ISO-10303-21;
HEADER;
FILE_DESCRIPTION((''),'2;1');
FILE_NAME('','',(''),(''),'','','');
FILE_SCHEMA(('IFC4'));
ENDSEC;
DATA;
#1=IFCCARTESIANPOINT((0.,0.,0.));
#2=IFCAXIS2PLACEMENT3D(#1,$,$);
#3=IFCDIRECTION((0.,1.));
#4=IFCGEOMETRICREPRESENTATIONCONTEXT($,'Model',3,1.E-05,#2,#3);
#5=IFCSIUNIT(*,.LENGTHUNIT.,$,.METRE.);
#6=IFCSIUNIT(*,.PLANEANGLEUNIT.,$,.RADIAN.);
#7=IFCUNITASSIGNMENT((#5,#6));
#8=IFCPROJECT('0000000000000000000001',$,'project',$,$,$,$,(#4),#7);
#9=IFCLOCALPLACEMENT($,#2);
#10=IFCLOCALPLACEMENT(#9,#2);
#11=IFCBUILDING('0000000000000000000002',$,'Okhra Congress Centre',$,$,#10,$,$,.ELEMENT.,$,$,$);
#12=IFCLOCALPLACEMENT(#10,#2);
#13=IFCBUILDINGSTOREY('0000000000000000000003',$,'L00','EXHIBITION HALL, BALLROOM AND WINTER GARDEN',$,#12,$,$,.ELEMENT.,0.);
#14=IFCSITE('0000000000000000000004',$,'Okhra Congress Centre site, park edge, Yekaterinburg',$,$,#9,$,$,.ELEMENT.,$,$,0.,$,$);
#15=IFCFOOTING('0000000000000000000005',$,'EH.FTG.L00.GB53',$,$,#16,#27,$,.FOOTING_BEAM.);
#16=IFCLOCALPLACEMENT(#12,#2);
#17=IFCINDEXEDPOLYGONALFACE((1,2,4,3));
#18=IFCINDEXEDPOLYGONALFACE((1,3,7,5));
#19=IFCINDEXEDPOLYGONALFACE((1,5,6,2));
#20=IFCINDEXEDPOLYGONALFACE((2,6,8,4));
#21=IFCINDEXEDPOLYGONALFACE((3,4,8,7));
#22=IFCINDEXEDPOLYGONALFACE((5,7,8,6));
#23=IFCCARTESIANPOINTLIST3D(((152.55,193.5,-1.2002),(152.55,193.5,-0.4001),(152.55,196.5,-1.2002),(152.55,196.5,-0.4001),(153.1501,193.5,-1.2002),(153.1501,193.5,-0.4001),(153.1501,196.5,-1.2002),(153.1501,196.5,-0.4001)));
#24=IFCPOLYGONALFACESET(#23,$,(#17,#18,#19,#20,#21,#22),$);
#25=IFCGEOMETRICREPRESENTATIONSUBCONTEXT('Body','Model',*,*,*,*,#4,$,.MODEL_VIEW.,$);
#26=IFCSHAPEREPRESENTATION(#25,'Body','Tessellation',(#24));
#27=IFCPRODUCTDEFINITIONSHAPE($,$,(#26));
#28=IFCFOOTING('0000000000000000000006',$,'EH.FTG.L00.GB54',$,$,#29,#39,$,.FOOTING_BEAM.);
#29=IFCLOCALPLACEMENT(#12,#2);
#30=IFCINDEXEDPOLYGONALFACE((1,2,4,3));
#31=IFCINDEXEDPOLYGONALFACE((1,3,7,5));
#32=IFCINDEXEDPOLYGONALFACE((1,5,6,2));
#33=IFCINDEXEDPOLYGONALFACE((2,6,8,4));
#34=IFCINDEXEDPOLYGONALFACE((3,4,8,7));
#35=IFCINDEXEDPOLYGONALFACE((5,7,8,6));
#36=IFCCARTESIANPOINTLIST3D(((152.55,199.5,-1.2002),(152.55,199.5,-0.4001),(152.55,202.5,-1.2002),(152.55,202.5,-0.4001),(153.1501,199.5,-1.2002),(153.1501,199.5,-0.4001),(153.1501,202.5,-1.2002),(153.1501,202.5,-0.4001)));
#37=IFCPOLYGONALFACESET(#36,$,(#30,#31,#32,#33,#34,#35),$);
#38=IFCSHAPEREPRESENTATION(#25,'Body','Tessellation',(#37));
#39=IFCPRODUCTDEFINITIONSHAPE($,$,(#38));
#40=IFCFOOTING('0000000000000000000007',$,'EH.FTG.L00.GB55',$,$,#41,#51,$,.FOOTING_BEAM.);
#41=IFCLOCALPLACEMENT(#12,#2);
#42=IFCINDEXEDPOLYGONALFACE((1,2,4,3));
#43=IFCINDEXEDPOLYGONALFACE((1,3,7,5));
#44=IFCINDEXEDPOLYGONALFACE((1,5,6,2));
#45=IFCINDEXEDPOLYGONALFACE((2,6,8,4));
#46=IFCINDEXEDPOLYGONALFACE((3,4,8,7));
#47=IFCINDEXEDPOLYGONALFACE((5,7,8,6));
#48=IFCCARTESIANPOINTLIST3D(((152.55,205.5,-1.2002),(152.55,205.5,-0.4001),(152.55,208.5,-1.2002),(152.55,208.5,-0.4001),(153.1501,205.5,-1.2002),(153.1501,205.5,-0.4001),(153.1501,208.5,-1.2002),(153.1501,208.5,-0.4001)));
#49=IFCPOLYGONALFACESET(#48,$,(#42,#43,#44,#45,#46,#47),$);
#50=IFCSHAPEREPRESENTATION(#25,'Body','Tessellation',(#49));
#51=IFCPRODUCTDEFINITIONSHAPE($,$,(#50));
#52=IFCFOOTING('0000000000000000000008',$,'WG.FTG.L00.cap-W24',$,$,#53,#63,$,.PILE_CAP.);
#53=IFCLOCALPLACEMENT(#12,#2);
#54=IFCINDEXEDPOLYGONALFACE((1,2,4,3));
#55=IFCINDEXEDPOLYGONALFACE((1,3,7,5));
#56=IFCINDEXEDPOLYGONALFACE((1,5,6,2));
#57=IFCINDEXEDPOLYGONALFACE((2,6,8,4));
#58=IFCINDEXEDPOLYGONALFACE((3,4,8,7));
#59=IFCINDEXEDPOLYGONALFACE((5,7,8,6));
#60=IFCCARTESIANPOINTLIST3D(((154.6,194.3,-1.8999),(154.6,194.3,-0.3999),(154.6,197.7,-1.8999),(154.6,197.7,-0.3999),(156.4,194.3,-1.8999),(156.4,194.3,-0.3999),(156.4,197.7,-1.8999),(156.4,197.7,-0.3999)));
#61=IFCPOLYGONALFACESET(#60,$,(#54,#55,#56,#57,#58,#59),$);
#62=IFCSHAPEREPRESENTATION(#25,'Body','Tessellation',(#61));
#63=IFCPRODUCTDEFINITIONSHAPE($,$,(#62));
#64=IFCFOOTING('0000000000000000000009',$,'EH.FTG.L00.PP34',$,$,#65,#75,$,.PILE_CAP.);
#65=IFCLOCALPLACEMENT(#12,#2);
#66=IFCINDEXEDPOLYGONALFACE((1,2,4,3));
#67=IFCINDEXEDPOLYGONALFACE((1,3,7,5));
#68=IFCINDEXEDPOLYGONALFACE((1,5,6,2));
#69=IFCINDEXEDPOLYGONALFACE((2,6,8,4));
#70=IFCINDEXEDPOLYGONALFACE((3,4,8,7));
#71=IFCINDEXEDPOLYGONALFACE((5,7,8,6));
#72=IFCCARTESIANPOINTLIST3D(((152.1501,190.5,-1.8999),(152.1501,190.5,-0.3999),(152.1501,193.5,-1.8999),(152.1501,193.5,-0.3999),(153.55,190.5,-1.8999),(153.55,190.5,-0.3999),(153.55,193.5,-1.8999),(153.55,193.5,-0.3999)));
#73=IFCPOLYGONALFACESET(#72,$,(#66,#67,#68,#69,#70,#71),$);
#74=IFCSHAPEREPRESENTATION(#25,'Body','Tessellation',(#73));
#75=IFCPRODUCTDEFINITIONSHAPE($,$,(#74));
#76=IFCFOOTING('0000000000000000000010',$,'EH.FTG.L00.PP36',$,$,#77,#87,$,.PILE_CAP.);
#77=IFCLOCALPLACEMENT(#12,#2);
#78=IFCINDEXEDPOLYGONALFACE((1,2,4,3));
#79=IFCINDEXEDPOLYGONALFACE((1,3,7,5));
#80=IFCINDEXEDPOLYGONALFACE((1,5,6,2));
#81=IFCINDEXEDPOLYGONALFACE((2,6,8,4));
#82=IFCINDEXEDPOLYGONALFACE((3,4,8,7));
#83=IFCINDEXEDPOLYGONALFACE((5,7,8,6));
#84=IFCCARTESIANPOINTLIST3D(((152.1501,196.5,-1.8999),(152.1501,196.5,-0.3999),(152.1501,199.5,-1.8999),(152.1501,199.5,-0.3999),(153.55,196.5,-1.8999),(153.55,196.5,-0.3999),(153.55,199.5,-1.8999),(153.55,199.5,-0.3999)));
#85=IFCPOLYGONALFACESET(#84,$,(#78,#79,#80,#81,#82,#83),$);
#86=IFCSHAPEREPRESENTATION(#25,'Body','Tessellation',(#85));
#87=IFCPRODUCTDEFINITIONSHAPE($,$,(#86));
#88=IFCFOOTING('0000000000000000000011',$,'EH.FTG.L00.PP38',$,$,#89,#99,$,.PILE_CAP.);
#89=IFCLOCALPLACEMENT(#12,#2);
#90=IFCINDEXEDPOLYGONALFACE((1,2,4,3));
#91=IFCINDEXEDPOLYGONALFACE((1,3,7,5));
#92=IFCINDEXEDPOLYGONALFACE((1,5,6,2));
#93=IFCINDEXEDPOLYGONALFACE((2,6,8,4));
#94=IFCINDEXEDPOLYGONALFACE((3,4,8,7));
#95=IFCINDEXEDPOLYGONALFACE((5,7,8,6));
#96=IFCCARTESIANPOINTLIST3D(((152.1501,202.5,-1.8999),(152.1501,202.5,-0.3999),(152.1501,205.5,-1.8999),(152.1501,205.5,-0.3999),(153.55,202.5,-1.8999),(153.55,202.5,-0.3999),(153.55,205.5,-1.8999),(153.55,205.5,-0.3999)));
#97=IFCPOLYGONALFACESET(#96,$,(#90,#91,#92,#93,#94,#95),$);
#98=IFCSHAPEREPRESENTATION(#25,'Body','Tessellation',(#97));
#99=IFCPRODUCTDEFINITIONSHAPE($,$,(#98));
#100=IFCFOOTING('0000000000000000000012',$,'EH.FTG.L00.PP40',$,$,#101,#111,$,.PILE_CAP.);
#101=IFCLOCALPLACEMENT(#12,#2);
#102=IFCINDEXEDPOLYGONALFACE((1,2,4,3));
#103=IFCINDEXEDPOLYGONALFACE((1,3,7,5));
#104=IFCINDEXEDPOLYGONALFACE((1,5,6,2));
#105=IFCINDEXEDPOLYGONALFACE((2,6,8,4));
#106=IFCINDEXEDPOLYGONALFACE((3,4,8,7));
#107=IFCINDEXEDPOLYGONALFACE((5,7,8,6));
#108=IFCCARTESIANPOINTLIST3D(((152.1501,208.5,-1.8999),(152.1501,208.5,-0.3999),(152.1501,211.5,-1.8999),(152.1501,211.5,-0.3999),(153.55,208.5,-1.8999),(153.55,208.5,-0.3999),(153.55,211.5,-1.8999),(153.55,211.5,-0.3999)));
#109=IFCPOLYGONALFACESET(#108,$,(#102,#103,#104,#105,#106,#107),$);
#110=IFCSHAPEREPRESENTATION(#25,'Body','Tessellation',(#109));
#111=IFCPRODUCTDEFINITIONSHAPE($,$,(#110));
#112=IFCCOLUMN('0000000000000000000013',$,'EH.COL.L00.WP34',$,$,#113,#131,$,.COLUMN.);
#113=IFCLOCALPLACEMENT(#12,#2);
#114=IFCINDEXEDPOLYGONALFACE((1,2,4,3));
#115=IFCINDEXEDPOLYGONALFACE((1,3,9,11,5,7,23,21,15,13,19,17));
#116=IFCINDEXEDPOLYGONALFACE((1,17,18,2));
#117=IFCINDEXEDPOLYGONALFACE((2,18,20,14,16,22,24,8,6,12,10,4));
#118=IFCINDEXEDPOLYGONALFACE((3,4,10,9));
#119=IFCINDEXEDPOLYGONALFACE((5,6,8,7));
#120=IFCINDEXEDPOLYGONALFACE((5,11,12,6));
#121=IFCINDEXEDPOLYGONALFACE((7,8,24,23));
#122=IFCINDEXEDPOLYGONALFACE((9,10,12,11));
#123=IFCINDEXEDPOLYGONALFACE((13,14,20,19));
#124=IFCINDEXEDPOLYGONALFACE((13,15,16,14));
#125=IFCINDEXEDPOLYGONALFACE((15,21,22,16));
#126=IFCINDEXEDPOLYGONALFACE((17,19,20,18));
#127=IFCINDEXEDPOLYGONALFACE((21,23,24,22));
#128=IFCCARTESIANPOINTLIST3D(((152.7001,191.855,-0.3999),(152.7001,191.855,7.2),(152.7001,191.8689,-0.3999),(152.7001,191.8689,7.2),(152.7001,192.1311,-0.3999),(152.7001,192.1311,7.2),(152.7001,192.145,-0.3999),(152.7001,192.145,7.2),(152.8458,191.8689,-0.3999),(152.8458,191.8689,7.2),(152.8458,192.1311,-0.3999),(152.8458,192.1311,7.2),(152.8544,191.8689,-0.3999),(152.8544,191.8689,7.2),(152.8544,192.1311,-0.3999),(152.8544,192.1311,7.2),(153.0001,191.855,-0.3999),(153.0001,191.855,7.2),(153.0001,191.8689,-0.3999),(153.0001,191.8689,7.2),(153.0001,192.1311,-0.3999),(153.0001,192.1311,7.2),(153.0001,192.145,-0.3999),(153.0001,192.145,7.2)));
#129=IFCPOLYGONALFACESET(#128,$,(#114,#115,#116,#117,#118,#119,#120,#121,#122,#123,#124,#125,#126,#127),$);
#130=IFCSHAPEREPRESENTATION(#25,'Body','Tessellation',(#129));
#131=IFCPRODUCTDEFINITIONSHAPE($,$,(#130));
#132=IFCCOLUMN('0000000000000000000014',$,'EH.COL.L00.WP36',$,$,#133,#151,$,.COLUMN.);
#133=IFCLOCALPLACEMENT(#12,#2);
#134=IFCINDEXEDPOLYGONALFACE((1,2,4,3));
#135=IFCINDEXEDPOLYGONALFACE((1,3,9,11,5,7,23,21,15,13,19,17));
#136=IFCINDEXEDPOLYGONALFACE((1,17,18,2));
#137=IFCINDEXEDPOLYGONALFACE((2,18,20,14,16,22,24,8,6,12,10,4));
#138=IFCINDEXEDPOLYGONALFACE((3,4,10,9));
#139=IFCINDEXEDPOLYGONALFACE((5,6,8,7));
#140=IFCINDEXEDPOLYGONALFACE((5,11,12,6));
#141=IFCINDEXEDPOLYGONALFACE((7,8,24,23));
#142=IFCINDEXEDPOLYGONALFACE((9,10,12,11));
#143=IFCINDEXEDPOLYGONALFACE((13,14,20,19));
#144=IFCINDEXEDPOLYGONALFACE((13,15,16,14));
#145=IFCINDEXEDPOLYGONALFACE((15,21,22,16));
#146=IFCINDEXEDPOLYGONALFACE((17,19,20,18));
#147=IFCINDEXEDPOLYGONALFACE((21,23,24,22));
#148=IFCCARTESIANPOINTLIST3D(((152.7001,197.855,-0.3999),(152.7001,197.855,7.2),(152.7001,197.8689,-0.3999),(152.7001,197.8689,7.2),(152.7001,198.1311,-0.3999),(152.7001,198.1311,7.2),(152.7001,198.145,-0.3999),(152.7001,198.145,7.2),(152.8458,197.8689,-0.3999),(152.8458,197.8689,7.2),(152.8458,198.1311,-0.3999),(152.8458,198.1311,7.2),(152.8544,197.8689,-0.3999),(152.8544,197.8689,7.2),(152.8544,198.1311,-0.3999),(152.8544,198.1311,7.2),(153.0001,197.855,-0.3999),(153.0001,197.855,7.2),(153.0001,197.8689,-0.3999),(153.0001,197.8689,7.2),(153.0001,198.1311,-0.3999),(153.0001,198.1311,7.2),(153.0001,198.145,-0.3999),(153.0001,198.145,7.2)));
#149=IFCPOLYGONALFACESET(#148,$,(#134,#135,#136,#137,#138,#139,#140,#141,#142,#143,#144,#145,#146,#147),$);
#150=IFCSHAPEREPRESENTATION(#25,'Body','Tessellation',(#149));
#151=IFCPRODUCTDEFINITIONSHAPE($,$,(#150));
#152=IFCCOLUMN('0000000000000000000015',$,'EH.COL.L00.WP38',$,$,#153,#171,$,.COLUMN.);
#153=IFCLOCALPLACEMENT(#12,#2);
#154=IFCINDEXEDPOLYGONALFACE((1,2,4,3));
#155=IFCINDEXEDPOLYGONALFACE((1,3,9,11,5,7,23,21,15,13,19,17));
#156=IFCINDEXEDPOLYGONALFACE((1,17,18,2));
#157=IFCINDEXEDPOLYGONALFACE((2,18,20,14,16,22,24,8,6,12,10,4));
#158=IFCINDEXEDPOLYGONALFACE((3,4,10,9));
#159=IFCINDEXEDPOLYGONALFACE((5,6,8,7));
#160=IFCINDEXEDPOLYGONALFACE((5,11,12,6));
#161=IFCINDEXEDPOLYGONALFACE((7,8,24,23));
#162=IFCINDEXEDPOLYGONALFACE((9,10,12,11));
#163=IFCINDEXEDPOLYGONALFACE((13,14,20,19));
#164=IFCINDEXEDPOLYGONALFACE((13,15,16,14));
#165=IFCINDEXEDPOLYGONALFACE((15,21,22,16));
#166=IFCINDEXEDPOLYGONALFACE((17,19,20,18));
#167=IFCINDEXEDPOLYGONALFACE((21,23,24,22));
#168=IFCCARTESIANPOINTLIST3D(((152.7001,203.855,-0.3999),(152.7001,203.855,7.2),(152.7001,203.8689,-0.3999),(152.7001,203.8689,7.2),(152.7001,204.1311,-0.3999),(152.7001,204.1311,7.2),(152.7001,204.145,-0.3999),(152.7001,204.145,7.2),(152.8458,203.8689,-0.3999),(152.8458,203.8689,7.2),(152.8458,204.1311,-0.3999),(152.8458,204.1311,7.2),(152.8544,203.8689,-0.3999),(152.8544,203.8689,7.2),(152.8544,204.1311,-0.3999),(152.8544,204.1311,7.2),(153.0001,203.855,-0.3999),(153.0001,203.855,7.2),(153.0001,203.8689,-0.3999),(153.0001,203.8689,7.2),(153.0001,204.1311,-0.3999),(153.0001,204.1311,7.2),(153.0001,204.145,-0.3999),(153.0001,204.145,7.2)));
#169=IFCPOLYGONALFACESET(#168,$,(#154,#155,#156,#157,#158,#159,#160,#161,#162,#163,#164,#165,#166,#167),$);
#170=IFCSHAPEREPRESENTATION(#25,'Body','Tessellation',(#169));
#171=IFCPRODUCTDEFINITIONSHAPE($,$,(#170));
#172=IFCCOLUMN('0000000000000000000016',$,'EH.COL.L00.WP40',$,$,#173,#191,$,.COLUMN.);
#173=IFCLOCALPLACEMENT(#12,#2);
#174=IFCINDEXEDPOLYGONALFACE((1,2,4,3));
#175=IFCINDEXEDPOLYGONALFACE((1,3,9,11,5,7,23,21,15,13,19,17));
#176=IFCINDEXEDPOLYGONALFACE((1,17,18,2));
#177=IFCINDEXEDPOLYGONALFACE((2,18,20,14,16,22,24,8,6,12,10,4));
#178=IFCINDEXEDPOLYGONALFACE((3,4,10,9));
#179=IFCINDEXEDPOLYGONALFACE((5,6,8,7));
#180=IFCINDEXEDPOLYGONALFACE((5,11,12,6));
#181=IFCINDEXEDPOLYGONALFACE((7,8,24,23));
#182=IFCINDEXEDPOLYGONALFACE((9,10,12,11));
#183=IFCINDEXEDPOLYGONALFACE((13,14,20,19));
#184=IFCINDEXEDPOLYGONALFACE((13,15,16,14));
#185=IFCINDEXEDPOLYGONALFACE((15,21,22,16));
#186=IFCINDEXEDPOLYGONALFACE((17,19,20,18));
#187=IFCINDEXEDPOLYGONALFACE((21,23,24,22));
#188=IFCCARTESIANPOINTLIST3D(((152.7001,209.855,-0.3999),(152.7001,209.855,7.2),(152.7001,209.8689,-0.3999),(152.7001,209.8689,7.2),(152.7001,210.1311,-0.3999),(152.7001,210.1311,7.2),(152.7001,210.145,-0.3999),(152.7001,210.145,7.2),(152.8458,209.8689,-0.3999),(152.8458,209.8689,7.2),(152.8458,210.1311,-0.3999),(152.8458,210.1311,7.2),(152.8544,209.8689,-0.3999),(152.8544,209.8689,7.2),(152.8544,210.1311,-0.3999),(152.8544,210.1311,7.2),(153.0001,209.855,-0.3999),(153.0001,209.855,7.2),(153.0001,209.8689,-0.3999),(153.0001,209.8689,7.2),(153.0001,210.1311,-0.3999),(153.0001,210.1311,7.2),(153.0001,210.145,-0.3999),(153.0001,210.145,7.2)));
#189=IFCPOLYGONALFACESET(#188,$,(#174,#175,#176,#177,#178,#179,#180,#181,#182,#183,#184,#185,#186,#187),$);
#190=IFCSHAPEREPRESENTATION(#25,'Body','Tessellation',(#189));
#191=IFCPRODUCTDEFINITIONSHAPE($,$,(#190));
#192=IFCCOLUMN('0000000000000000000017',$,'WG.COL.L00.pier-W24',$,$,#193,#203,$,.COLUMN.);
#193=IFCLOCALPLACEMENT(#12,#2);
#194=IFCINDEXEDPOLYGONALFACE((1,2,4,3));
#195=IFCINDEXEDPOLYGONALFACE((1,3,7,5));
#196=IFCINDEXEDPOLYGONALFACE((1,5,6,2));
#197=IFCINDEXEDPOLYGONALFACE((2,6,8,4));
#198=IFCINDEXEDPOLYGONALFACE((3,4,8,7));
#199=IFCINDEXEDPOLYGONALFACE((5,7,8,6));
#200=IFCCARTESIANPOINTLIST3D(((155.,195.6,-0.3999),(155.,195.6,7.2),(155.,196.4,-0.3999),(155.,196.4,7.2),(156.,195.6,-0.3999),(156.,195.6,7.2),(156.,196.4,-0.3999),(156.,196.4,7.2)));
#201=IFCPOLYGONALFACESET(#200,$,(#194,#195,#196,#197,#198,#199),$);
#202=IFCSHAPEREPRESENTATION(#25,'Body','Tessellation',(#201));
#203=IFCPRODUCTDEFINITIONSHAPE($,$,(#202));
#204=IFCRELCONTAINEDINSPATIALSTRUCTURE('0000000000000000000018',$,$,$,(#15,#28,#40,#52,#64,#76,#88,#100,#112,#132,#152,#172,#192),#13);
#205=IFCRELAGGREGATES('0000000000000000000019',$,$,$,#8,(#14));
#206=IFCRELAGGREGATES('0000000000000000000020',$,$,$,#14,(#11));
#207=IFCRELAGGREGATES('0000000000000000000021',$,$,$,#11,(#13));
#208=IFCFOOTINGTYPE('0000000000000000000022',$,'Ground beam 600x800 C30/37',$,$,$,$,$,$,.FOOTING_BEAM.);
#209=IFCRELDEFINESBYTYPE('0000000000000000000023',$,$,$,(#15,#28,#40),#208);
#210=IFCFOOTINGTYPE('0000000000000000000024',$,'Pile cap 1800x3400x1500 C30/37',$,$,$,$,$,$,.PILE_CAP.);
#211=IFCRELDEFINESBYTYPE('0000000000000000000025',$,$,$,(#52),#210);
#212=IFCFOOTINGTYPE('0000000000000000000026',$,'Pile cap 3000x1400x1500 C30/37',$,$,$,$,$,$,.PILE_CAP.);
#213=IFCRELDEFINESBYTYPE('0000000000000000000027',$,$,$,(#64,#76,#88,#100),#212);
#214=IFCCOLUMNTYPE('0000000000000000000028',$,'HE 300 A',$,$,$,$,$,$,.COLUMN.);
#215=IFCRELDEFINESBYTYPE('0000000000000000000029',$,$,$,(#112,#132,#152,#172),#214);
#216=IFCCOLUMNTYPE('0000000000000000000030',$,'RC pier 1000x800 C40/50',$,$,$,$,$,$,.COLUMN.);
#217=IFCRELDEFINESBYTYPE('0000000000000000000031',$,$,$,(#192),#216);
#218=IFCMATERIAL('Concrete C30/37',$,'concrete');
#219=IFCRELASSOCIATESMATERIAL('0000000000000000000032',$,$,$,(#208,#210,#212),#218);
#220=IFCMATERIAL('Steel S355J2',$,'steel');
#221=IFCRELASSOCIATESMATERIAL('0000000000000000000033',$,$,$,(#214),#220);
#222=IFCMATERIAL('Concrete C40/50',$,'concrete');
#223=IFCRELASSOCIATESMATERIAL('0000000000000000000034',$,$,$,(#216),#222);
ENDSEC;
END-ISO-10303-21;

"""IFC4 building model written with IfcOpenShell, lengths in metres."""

from ifc_helpers import new_model, si_unit, direction, frame, origin, origin_2d, place, context, subcontext, project, spatial, rectangle, i_section, extrude, material, material_profile, profile_set, type_object, element, save


model = new_model("IFC4")

# Units and contexts
model_context = context("Model", 3, precision=1e-05, world=origin(), true_north=direction((0.0, 1.0)))
body_context = subcontext(model_context, "Body", "Model", "MODEL_VIEW")
ifc_project = project(units=[si_unit("LENGTHUNIT", "METRE"), si_unit("PLANEANGLEUNIT", "RADIAN")], contexts=[model_context])

# Site, building, storey
site_placement = place(None, origin())
site = spatial("IfcSite", under=ifc_project, at=site_placement, Name="Okhra Congress Centre site, park edge, Yekaterinburg", CompositionType="ELEMENT", RefElevation=0.0)
building_placement = place(site_placement, origin())
building = spatial("IfcBuilding", under=site, at=building_placement, Name="Okhra Congress Centre", CompositionType="ELEMENT")
storey_placement = place(building_placement, origin())
storey = spatial("IfcBuildingStorey", under=building, at=storey_placement, Name="L00", Description="EXHIBITION HALL, BALLROOM AND WINTER GARDEN", CompositionType="ELEMENT", Elevation=0.0)

# Shared definitions
ifc_material_1 = material(Name="Concrete C30/37", Category="concrete")

# Footings
footing_type_1 = type_object("IfcFootingType", Name="Ground beam 600x800 C30/37", PredefinedType="FOOTING_BEAM", material=ifc_material_1)
for number, where, z_axis, x_axis, name in (
    (1, (152.8501, 195.0, -1.2002), (0.0, 0.0, 1.0), (0.0, 1.0, 0.0), "EH.FTG.L00.GB53"),
    (2, (152.8501, 201.0, -1.2002), (0.0, 0.0, 1.0), (0.0, 1.0, 0.0), "EH.FTG.L00.GB54"),
    (3, (152.8501, 207.0, -1.2002), (0.0, 0.0, 1.0), (0.0, 1.0, 0.0), "EH.FTG.L00.GB55"),
):
    element("IfcFooting", number, at=place(storey_placement, frame(where, z_axis=z_axis, x_axis=x_axis)), inside=storey, type_object=footing_type_1, Name=name, PredefinedType="FOOTING_BEAM", context=body_context, shape_type="SweptSolid", body=[
        extrude(rectangle(XDim=3.0, YDim=0.6001, at=origin_2d()), origin(), (0.0, 0.0, 1.0), 0.8),
    ])
footing_type_2 = type_object("IfcFootingType", Name="Pile cap 1800x3400x1500 C30/37", PredefinedType="PILE_CAP", material=ifc_material_1)
footing_placement = place(storey_placement, frame((155.5, 196.0, -1.8999), z_axis=(0.0, 0.0, 1.0), x_axis=(1.0, 0.0, 0.0)))
element("IfcFooting", 4, at=footing_placement, inside=storey, type_object=footing_type_2, Name="WG.FTG.L00.cap-W24", PredefinedType="PILE_CAP", context=body_context, shape_type="SweptSolid", body=[
    extrude(rectangle(XDim=1.8, YDim=3.3999, at=origin_2d()), origin(), (0.0, 0.0, 1.0), 1.5),
])
footing_type_3 = type_object("IfcFootingType", Name="Pile cap 3000x1400x1500 C30/37", PredefinedType="PILE_CAP", material=ifc_material_1)
for number, where, z_axis, x_axis, name in (
    (5, (152.8501, 192.0, -1.8999), (0.0, 0.0, 1.0), (0.0, 1.0, 0.0), "EH.FTG.L00.PP34"),
    (6, (152.8501, 198.0, -1.8999), (0.0, 0.0, 1.0), (0.0, 1.0, 0.0), "EH.FTG.L00.PP36"),
    (7, (152.8501, 204.0, -1.8999), (0.0, 0.0, 1.0), (0.0, 1.0, 0.0), "EH.FTG.L00.PP38"),
    (8, (152.8501, 210.0, -1.8999), (0.0, 0.0, 1.0), (0.0, 1.0, 0.0), "EH.FTG.L00.PP40"),
):
    element("IfcFooting", number, at=place(storey_placement, frame(where, z_axis=z_axis, x_axis=x_axis)), inside=storey, type_object=footing_type_3, Name=name, PredefinedType="PILE_CAP", context=body_context, shape_type="SweptSolid", body=[
        extrude(rectangle(XDim=3.0, YDim=1.3999, at=origin_2d()), origin(), (0.0, 0.0, 1.0), 1.5),
    ])

# Columns
ifc_material_2 = material(Name="Steel S355J2", Category="steel")
ifc_material_profile_1 = material_profile(ifc_material_2, i_section(OverallWidth=0.3, OverallDepth=0.29, WebThickness=0.0085, FlangeThickness=0.0139, at=origin_2d()), Name="HE 300 A")
ifc_profile_set_1 = profile_set([ifc_material_profile_1], Name="Steel S355J2")
column_type_1 = type_object("IfcColumnType", Name="HE 300 A", PredefinedType="COLUMN", material=ifc_profile_set_1)
for number, where, z_axis, x_axis, name in (
    (9, (152.8501, 192.0, -0.3999), (0.0, 0.0, 1.0), (1.0, 0.0, 0.0), "EH.COL.L00.WP34"),
    (10, (152.8501, 198.0, -0.3999), (0.0, 0.0, 1.0), (1.0, 0.0, 0.0), "EH.COL.L00.WP36"),
    (11, (152.8501, 204.0, -0.3999), (0.0, 0.0, 1.0), (1.0, 0.0, 0.0), "EH.COL.L00.WP38"),
    (12, (152.8501, 210.0, -0.3999), (0.0, 0.0, 1.0), (1.0, 0.0, 0.0), "EH.COL.L00.WP40"),
):
    element("IfcColumn", number, at=place(storey_placement, frame(where, z_axis=z_axis, x_axis=x_axis)), inside=storey, type_object=column_type_1, Name=name, PredefinedType="COLUMN", context=body_context, shape_type="SweptSolid", body=[
        extrude(i_section(OverallWidth=0.3, OverallDepth=0.29, WebThickness=0.0085, FlangeThickness=0.0139, at=origin_2d()), origin(), (0.0, 0.0, 1.0), 7.5999),
    ])
ifc_material_3 = material(Name="Concrete C40/50", Category="concrete")
ifc_material_profile_2 = material_profile(ifc_material_3, rectangle(XDim=1.0, YDim=0.8, at=origin_2d()), Name="RC 1000x800")
ifc_profile_set_2 = profile_set([ifc_material_profile_2], Name="Concrete C40/50")
column_type_2 = type_object("IfcColumnType", Name="RC pier 1000x800 C40/50", PredefinedType="COLUMN", material=ifc_profile_set_2)
column_placement = place(storey_placement, frame((155.5, 196.0, -0.3999), z_axis=(0.0, 0.0, 1.0), x_axis=(1.0, 0.0, 0.0)))
element("IfcColumn", 13, at=column_placement, inside=storey, type_object=column_type_2, Name="WG.COL.L00.pier-W24", PredefinedType="COLUMN", context=body_context, shape_type="SweptSolid", body=[
    extrude(rectangle(XDim=1.0, YDim=0.8, at=origin_2d()), origin(), (0.0, 0.0, 1.0), 7.5999),
])

save(model, "model.ifc")
